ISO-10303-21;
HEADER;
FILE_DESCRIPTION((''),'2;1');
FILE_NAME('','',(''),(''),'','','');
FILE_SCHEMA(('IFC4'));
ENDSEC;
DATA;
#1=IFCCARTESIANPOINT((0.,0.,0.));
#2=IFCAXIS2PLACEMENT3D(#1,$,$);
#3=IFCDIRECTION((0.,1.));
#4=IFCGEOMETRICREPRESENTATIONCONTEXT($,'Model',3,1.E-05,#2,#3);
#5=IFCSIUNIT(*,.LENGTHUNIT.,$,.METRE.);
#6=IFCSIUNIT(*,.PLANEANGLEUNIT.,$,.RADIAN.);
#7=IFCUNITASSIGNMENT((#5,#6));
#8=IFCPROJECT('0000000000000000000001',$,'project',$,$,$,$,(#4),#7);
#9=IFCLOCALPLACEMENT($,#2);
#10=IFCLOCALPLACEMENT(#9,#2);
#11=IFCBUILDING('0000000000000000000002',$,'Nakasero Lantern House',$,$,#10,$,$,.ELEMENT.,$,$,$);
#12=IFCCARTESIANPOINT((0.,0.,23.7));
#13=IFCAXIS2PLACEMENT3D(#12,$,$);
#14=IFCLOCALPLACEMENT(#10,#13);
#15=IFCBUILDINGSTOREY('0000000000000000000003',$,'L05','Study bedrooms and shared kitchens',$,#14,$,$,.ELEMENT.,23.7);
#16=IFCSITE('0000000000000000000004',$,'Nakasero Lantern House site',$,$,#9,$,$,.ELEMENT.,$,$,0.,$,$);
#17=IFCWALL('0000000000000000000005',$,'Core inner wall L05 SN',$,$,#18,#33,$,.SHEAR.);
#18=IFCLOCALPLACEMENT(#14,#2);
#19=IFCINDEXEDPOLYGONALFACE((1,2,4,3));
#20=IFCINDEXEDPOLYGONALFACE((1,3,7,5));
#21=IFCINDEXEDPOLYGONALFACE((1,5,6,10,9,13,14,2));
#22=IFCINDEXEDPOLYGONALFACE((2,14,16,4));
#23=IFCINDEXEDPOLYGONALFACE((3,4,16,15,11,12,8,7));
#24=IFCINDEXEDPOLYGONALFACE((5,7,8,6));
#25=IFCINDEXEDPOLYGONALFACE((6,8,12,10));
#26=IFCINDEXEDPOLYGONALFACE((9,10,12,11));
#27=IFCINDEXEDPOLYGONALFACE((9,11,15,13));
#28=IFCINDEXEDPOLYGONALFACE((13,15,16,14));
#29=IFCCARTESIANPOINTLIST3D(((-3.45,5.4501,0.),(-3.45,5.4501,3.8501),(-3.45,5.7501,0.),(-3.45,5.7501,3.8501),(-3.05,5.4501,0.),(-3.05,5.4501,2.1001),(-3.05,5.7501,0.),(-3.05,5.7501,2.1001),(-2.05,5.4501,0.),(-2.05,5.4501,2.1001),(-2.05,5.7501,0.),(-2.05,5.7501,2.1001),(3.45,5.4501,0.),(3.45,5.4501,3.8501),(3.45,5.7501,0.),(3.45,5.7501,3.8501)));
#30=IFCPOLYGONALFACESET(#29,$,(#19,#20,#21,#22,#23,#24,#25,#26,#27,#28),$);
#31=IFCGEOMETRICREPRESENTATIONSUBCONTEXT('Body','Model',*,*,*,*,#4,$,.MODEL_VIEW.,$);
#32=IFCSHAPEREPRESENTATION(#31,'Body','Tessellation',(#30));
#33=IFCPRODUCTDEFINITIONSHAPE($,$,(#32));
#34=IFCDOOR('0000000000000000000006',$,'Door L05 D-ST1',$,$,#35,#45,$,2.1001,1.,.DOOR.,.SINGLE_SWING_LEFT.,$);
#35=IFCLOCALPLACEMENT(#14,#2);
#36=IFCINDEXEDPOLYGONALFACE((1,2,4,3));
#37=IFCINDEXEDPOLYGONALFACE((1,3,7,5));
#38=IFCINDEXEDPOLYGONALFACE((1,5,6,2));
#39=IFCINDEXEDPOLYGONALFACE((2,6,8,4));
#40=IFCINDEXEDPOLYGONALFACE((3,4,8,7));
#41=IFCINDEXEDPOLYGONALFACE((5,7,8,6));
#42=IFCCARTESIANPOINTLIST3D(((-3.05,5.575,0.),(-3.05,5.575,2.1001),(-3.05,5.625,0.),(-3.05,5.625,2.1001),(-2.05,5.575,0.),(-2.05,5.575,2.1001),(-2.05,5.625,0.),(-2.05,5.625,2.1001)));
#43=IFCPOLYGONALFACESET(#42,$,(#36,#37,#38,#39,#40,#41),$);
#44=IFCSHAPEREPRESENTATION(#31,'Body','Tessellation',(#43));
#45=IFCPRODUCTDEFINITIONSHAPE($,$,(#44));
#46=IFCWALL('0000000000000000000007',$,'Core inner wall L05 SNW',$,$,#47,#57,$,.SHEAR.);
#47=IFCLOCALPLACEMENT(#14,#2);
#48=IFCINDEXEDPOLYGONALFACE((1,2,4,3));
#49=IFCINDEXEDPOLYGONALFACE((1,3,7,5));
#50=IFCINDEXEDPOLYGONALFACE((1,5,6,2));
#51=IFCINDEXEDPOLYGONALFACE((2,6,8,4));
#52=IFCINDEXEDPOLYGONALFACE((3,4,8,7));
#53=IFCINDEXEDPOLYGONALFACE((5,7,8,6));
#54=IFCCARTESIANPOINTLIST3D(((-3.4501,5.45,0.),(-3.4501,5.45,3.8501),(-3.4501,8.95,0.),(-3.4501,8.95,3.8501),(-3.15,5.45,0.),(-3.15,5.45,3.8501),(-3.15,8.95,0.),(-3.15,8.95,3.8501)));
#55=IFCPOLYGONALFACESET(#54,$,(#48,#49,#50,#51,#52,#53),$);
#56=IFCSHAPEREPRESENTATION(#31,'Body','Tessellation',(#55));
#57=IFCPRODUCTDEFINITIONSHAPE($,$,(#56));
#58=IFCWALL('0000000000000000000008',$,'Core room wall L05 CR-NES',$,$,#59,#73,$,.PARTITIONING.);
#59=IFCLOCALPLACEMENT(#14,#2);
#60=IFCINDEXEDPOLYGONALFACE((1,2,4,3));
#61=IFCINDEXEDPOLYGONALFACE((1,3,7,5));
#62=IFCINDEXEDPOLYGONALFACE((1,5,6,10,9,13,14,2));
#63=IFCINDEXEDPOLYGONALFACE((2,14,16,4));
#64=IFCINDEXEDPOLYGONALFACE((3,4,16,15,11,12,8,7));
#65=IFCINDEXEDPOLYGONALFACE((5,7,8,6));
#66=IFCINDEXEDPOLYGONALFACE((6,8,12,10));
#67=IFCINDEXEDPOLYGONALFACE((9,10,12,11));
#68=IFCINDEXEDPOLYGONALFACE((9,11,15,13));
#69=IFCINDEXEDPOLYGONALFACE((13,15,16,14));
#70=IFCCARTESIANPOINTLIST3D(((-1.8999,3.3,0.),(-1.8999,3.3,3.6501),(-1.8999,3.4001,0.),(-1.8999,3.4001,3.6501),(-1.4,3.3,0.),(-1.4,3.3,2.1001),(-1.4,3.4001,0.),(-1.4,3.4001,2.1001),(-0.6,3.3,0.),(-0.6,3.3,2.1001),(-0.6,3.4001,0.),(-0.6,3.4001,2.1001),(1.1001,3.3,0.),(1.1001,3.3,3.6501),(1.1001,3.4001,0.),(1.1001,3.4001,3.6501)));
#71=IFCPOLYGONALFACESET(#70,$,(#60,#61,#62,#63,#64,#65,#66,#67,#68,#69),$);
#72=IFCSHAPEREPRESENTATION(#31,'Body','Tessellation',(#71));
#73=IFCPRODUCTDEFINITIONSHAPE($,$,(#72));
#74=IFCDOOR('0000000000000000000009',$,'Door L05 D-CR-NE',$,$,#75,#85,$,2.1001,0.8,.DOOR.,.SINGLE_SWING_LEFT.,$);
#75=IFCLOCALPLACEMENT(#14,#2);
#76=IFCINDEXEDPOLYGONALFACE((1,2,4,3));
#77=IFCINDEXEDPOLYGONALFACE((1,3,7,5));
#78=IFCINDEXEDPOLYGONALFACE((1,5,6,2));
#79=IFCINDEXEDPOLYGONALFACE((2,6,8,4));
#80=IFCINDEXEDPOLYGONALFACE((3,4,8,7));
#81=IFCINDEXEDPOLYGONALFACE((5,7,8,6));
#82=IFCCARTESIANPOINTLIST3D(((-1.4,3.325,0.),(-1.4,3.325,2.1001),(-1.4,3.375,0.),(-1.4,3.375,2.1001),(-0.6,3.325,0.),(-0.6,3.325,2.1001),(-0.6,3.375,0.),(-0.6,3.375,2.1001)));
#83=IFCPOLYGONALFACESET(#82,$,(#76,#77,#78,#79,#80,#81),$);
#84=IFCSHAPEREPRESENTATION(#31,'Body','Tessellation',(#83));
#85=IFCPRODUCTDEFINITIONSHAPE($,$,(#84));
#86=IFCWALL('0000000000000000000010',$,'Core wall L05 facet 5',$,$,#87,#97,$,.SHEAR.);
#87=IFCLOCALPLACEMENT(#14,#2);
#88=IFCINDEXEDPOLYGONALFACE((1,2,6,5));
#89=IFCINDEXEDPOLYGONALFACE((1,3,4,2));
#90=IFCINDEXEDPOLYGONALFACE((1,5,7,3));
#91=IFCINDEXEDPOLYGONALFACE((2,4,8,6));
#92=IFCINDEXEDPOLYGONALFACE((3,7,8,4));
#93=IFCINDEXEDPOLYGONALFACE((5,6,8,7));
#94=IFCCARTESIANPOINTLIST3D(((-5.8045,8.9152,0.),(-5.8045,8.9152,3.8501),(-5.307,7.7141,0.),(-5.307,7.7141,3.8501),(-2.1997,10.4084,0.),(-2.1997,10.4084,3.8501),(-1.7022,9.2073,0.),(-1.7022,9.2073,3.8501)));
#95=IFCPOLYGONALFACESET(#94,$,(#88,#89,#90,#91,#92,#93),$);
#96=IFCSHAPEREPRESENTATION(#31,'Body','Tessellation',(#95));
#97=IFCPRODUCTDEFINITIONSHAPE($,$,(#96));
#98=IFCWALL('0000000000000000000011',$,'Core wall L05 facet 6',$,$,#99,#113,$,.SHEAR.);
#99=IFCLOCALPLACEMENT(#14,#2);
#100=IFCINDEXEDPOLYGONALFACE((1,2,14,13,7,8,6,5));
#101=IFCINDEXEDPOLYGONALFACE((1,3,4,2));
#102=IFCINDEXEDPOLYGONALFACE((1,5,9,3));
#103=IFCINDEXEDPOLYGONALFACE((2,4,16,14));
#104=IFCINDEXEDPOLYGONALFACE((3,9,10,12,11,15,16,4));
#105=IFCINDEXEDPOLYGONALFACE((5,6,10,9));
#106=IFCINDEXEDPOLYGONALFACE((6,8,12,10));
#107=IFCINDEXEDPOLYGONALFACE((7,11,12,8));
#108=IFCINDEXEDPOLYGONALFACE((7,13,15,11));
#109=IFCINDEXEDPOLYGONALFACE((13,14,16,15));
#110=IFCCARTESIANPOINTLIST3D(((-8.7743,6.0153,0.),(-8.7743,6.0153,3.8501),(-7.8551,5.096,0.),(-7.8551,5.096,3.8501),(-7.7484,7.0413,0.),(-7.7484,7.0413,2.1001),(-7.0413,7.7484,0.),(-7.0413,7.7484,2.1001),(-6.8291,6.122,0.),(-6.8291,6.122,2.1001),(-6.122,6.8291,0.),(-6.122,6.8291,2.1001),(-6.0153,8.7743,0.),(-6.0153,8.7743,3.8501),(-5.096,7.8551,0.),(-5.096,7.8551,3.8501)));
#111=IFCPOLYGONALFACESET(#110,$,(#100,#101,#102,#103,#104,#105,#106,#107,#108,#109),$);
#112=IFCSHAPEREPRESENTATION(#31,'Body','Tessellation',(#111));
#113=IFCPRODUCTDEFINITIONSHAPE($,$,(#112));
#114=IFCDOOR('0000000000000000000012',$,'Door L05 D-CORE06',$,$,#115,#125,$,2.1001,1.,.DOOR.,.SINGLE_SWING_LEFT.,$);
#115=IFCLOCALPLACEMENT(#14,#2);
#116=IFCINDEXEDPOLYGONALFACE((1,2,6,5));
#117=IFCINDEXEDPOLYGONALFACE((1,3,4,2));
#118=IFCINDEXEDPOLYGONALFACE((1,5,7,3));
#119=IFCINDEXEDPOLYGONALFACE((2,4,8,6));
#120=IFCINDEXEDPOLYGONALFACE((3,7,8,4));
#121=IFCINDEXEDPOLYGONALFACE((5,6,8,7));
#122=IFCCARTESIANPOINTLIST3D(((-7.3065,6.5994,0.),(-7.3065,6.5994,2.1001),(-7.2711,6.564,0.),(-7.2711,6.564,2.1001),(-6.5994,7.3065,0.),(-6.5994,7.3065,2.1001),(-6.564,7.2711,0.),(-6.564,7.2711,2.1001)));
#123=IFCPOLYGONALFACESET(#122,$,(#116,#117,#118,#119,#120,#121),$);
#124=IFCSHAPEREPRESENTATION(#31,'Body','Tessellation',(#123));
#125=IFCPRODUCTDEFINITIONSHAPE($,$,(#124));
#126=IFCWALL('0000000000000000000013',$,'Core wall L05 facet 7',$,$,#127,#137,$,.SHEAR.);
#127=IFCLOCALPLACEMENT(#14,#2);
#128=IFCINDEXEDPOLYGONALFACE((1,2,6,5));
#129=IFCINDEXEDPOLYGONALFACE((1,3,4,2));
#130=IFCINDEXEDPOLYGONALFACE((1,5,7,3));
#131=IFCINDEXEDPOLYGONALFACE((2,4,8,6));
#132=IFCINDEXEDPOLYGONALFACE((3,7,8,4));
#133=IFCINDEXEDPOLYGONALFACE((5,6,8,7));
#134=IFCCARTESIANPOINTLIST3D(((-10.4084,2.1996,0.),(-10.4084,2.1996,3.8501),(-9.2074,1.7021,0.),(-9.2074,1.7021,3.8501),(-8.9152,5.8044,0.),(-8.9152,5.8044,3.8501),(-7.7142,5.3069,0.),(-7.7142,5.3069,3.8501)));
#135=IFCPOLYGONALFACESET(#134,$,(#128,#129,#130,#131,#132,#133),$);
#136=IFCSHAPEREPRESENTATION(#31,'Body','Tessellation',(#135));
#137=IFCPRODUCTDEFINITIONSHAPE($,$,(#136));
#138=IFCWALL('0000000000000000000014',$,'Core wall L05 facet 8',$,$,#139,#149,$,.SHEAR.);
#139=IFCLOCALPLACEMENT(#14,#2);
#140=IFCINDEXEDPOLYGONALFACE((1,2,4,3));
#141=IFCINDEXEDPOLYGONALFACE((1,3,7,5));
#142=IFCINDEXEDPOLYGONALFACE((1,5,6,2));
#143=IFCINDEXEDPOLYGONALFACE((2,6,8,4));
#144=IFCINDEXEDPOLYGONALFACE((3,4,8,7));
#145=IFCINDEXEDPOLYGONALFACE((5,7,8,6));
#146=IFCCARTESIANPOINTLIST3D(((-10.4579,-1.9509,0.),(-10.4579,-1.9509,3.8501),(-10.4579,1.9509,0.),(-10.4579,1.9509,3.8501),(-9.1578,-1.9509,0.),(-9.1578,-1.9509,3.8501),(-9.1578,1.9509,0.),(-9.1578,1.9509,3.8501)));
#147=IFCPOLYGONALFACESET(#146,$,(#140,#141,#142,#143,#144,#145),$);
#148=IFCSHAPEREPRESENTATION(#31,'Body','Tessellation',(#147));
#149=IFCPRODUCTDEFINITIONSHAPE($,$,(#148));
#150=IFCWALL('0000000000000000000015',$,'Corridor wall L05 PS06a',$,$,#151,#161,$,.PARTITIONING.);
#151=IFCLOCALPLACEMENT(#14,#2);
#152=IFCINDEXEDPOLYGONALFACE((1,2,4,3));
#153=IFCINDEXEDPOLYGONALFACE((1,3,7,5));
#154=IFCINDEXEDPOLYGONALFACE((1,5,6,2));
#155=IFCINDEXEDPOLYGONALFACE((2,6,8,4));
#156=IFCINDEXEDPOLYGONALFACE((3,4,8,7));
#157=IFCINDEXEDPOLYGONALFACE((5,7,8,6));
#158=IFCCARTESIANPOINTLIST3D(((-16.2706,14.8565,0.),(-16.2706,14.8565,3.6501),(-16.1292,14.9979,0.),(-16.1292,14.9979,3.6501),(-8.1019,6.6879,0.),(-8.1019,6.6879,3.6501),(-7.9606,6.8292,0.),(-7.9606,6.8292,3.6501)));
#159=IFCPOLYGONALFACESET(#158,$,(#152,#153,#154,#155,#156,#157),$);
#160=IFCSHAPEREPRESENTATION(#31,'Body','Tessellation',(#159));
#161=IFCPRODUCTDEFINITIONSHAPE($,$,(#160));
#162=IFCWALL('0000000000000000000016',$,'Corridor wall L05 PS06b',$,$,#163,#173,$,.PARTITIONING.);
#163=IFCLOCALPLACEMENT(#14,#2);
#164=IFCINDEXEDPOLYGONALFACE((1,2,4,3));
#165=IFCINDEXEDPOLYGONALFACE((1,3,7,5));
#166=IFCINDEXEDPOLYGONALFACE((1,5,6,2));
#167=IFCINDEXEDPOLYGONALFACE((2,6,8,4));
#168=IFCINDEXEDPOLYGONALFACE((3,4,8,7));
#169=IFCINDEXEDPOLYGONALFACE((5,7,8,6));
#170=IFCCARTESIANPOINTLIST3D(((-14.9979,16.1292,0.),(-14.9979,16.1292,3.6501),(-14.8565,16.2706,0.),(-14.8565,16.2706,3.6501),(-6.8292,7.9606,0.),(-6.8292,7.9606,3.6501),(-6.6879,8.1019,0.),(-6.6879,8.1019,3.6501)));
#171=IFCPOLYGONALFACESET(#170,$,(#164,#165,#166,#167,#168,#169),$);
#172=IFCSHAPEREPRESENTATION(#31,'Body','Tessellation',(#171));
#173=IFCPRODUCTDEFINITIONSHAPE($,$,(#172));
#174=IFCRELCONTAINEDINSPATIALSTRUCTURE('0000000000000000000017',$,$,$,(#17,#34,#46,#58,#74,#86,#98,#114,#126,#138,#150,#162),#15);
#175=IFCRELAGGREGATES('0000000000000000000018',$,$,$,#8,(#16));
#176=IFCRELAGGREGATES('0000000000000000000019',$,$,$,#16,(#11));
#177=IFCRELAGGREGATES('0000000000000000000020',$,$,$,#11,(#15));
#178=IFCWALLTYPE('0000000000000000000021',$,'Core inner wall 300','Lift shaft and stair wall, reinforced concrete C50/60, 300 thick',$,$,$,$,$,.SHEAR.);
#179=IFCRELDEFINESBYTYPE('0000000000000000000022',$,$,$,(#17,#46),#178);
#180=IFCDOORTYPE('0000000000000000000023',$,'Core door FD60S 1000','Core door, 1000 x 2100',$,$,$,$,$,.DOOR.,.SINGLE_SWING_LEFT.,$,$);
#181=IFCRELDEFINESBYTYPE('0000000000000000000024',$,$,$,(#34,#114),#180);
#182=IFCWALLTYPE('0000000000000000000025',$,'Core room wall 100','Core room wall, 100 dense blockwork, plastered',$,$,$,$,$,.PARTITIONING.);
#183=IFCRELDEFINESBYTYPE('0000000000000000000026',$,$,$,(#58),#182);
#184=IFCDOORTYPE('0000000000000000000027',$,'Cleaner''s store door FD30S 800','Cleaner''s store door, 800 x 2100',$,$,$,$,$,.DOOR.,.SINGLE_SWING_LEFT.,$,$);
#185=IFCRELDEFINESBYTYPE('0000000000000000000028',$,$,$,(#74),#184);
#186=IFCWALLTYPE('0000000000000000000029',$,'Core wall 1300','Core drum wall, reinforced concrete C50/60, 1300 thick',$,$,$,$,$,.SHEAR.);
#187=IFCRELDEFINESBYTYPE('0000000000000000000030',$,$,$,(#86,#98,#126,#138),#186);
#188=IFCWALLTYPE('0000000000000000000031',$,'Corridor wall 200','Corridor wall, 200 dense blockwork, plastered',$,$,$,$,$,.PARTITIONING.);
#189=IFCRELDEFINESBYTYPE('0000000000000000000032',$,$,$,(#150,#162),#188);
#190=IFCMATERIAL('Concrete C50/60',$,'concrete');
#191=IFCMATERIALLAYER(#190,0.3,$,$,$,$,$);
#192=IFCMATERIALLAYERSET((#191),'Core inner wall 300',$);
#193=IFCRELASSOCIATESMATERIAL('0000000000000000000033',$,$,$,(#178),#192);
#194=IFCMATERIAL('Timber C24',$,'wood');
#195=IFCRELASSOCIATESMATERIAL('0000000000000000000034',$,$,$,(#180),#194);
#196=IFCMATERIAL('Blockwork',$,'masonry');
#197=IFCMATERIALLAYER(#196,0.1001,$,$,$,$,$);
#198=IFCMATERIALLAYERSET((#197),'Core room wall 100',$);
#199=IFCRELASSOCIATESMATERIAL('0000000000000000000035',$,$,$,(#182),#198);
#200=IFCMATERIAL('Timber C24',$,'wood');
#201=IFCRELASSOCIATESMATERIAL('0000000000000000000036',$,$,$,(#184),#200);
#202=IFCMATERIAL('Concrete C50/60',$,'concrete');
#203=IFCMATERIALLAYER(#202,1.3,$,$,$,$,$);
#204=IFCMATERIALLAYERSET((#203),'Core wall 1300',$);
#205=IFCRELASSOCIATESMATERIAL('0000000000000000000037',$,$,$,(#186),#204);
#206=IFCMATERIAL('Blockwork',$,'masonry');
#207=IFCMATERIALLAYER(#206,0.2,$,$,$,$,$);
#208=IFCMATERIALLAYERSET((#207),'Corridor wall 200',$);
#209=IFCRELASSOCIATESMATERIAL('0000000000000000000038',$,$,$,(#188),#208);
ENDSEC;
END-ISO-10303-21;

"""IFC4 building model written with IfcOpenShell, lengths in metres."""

from ifc_helpers import new_model, si_unit, direction, frame, frame_2d, origin, place, context, subcontext, project, spatial, rectangle, extrude, material, layer, layer_set, type_object, element, fill, save


model = new_model("IFC4")

# Units and contexts
model_context = context("Model", 3, precision=1e-05, world=origin(), true_north=direction((0.0, 1.0)))
body_context = subcontext(model_context, "Body", "Model", "MODEL_VIEW")
ifc_project = project(units=[si_unit("LENGTHUNIT", "METRE"), si_unit("PLANEANGLEUNIT", "RADIAN")], contexts=[model_context])

# Site, building, storey
site_placement = place(None, origin())
site = spatial("IfcSite", under=ifc_project, at=site_placement, Name="Nakasero Lantern House site", CompositionType="ELEMENT", RefElevation=0.0)
building_placement = place(site_placement, origin())
building = spatial("IfcBuilding", under=site, at=building_placement, Name="Nakasero Lantern House", CompositionType="ELEMENT")
storey_placement = place(building_placement, frame((0.0, 0.0, 23.7)))
storey = spatial("IfcBuildingStorey", under=building, at=storey_placement, Name="L05", Description="Study bedrooms and shared kitchens", CompositionType="ELEMENT", Elevation=23.7)

# Shared definitions
ifc_material_1 = material(Name="Concrete C50/60", Category="concrete")
ifc_layer_1 = layer(ifc_material_1, 0.3)
ifc_layer_set_1 = layer_set([ifc_layer_1], Name="Core inner wall 300")
wall_type_1 = type_object("IfcWallType", Name="Core inner wall 300", Description="Lift shaft and stair wall, reinforced concrete C50/60, 300 thick", PredefinedType="SHEAR", material=ifc_layer_set_1)

# Wall, opening, door
wall_1_placement = place(storey_placement, frame((-3.45, 5.6001, 0.0), z_axis=(0.0, 0.0, 1.0), x_axis=(1.0, 0.0, 0.0)))
wall_1 = element("IfcWall", 1, at=wall_1_placement, inside=storey, type_object=wall_type_1, Name="Core inner wall L05 SN", PredefinedType="SHEAR", context=body_context, shape_type="SweptSolid", body=[
    extrude(rectangle(XDim=6.8999, YDim=0.3, at=frame_2d((3.45, 0.0))), origin(), (0.0, 0.0, 1.0), 3.8501),
])
opening_1_placement = place(wall_1_placement, frame((0.3999, 0.0, 0.0)))
opening_1 = element("IfcOpeningElement", 2, at=opening_1_placement, cuts=wall_1, PredefinedType="OPENING", context=body_context, shape_type="SweptSolid", body=[
    extrude(rectangle(XDim=1.0, YDim=2.1001, at=frame_2d((0.5, 1.05))), frame((0.0, 0.1699, 0.0), z_axis=(0.0, -1.0, 0.0), x_axis=(1.0, 0.0, 0.0)), (0.0, 0.0, 1.0), 0.3401),
])
ifc_material_2 = material(Name="Timber C24", Category="wood")
door_type_1 = type_object("IfcDoorType", Name="Core door FD60S 1000", Description="Core door, 1000 x 2100", OperationType="SINGLE_SWING_LEFT", PredefinedType="DOOR", material=ifc_material_2)
door_1_placement = place(opening_1_placement, origin())
door_1 = element("IfcDoor", 3, at=door_1_placement, inside=storey, type_object=door_type_1, Name="Door L05 D-ST1", OperationType="SINGLE_SWING_LEFT", OverallHeight=2.1001, OverallWidth=1.0, PredefinedType="DOOR", context=body_context, shape_type="SweptSolid", body=[
    extrude(rectangle(XDim=1.0, YDim=2.1001, at=frame_2d((0.5, 1.05))), frame((0.0, 0.0249, 0.0), z_axis=(0.0, -1.0, 0.0), x_axis=(1.0, 0.0, 0.0)), (0.0, 0.0, 1.0), 0.05),
])
fill(opening_1, door_1)

# Wall
wall_2_placement = place(storey_placement, frame((-3.3, 5.45, 0.0), z_axis=(0.0, 0.0, 1.0), x_axis=(0.0, 1.0, 0.0)))
element("IfcWall", 4, at=wall_2_placement, inside=storey, type_object=wall_type_1, Name="Core inner wall L05 SNW", PredefinedType="SHEAR", context=body_context, shape_type="SweptSolid", body=[
    extrude(rectangle(XDim=3.5, YDim=0.3, at=frame_2d((1.75, 0.0))), origin(), (0.0, 0.0, 1.0), 3.8501),
])

# Wall, opening, door
ifc_material_3 = material(Name="Blockwork", Category="masonry")
ifc_layer_2 = layer(ifc_material_3, 0.1001)
ifc_layer_set_2 = layer_set([ifc_layer_2], Name="Core room wall 100")
wall_type_2 = type_object("IfcWallType", Name="Core room wall 100", Description="Core room wall, 100 dense blockwork, plastered", PredefinedType="PARTITIONING", material=ifc_layer_set_2)
wall_3_placement = place(storey_placement, frame((-1.8999, 3.3501, 0.0), z_axis=(0.0, 0.0, 1.0), x_axis=(1.0, 0.0, 0.0)))
wall_3 = element("IfcWall", 5, at=wall_3_placement, inside=storey, type_object=wall_type_2, Name="Core room wall L05 CR-NES", PredefinedType="PARTITIONING", context=body_context, shape_type="SweptSolid", body=[
    extrude(rectangle(XDim=3.0, YDim=0.1001, at=frame_2d((1.5, 0.0))), origin(), (0.0, 0.0, 1.0), 3.6501),
])
opening_2_placement = place(wall_3_placement, frame((0.5, 0.0, 0.0)))
opening_2 = element("IfcOpeningElement", 6, at=opening_2_placement, cuts=wall_3, PredefinedType="OPENING", context=body_context, shape_type="SweptSolid", body=[
    extrude(rectangle(XDim=0.8, YDim=2.1001, at=frame_2d((0.3999, 1.05))), frame((0.0, 0.0701, 0.0), z_axis=(0.0, -1.0, 0.0), x_axis=(1.0, 0.0, 0.0)), (0.0, 0.0, 1.0), 0.1401),
])
ifc_material_4 = material(Name="Timber C24", Category="wood")
door_type_2 = type_object("IfcDoorType", Name="Cleaner's store door FD30S 800", Description="Cleaner's store door, 800 x 2100", OperationType="SINGLE_SWING_LEFT", PredefinedType="DOOR", material=ifc_material_4)
door_2_placement = place(opening_2_placement, origin())
door_2 = element("IfcDoor", 7, at=door_2_placement, inside=storey, type_object=door_type_2, Name="Door L05 D-CR-NE", OperationType="SINGLE_SWING_LEFT", OverallHeight=2.1001, OverallWidth=0.8, PredefinedType="DOOR", context=body_context, shape_type="SweptSolid", body=[
    extrude(rectangle(XDim=0.8, YDim=2.1001, at=frame_2d((0.3999, 1.05))), frame((0.0, 0.0249, 0.0), z_axis=(0.0, -1.0, 0.0), x_axis=(1.0, 0.0, 0.0)), (0.0, 0.0, 1.0), 0.05),
])
fill(opening_2, door_2)

# Wall
ifc_material_5 = material(Name="Concrete C50/60", Category="concrete")
ifc_layer_3 = layer(ifc_material_5, 1.3)
ifc_layer_set_3 = layer_set([ifc_layer_3], Name="Core wall 1300")
wall_type_3 = type_object("IfcWallType", Name="Core wall 1300", Description="Core drum wall, reinforced concrete C50/60, 1300 thick", PredefinedType="SHEAR", material=ifc_layer_set_3)
wall_4_placement = place(storey_placement, frame((-1.9509, 9.8079, 0.0), z_axis=(0.0, 0.0, 1.0), x_axis=(-0.923877, -0.382691, 0.0)))
element("IfcWall", 8, at=wall_4_placement, inside=storey, type_object=wall_type_3, Name="Core wall L05 facet 5", PredefinedType="SHEAR", context=body_context, shape_type="SweptSolid", body=[
    extrude(rectangle(XDim=3.9019, YDim=1.3, at=frame_2d((1.9509, 0.0))), origin(), (0.0, 0.0, 1.0), 3.8501),
])

# Wall, opening, door
wall_5_placement = place(storey_placement, frame((-5.5557, 8.3147, 0.0), z_axis=(0.0, 0.0, 1.0), x_axis=(-0.707107, -0.707107, 0.0)))
wall_5 = element("IfcWall", 9, at=wall_5_placement, inside=storey, type_object=wall_type_3, Name="Core wall L05 facet 6", PredefinedType="SHEAR", context=body_context, shape_type="SweptSolid", body=[
    extrude(rectangle(XDim=3.9019, YDim=1.3, at=frame_2d((1.9509, 0.0))), origin(), (0.0, 0.0, 1.0), 3.8501),
])
opening_3_placement = place(wall_5_placement, frame((1.4509, 0.0, 0.0)))
opening_3 = element("IfcOpeningElement", 10, at=opening_3_placement, cuts=wall_5, PredefinedType="OPENING", context=body_context, shape_type="SweptSolid", body=[
    extrude(rectangle(XDim=1.0, YDim=2.1001, at=frame_2d((0.5, 1.05))), frame((0.0, 0.6699, 0.0), z_axis=(0.0, -1.0, 0.0), x_axis=(1.0, 0.0, 0.0)), (0.0, 0.0, 1.0), 1.3401),
])
door_3_placement = place(opening_3_placement, origin())
door_3 = element("IfcDoor", 11, at=door_3_placement, inside=storey, type_object=door_type_1, Name="Door L05 D-CORE06", OperationType="SINGLE_SWING_LEFT", OverallHeight=2.1001, OverallWidth=1.0, PredefinedType="DOOR", context=body_context, shape_type="SweptSolid", body=[
    extrude(rectangle(XDim=1.0, YDim=2.1001, at=frame_2d((0.5, 1.05))), frame((0.0, 0.0249, 0.0), z_axis=(0.0, -1.0, 0.0), x_axis=(1.0, 0.0, 0.0)), (0.0, 0.0, 1.0), 0.05),
])
fill(opening_3, door_3)

# Walls
for number, where, z_axis, x_axis, name in (
    (12, (-8.3147, 5.5557, 0.0), (0.0, 0.0, 1.0), (-0.382691, -0.923877, 0.0), "Core wall L05 facet 7"),
    (13, (-9.8079, 1.9509, 0.0), (0.0, 0.0, 1.0), (0.0, -1.0, 0.0), "Core wall L05 facet 8"),
):
    element("IfcWall", number, at=place(storey_placement, frame(where, z_axis=z_axis, x_axis=x_axis)), inside=storey, type_object=wall_type_3, Name=name, PredefinedType="SHEAR", context=body_context, shape_type="SweptSolid", body=[
        extrude(rectangle(XDim=3.9019, YDim=1.3, at=frame_2d((1.9509, 0.0))), origin(), (0.0, 0.0, 1.0), 3.8501),
    ])
ifc_material_6 = material(Name="Blockwork", Category="masonry")
ifc_layer_4 = layer(ifc_material_6, 0.2)
ifc_layer_set_4 = layer_set([ifc_layer_4], Name="Corridor wall 200")
wall_type_4 = type_object("IfcWallType", Name="Corridor wall 200", Description="Corridor wall, 200 dense blockwork, plastered", PredefinedType="PARTITIONING", material=ifc_layer_set_4)
for number, where, z_axis, x_axis, name in (
    (14, (-8.0312, 6.7585, 0.0), (0.0, 0.0, 1.0), (-0.707107, 0.707107, 0.0), "Corridor wall L05 PS06a"),
    (15, (-6.7585, 8.0312, 0.0), (0.0, 0.0, 1.0), (-0.707107, 0.707107, 0.0), "Corridor wall L05 PS06b"),
):
    element("IfcWall", number, at=place(storey_placement, frame(where, z_axis=z_axis, x_axis=x_axis)), inside=storey, type_object=wall_type_4, Name=name, PredefinedType="PARTITIONING", context=body_context, shape_type="SweptSolid", body=[
        extrude(rectangle(XDim=11.5522, YDim=0.2, at=frame_2d((5.7761, 0.0))), origin(), (0.0, 0.0, 1.0), 3.6501),
    ])

save(model, "model.ifc")
